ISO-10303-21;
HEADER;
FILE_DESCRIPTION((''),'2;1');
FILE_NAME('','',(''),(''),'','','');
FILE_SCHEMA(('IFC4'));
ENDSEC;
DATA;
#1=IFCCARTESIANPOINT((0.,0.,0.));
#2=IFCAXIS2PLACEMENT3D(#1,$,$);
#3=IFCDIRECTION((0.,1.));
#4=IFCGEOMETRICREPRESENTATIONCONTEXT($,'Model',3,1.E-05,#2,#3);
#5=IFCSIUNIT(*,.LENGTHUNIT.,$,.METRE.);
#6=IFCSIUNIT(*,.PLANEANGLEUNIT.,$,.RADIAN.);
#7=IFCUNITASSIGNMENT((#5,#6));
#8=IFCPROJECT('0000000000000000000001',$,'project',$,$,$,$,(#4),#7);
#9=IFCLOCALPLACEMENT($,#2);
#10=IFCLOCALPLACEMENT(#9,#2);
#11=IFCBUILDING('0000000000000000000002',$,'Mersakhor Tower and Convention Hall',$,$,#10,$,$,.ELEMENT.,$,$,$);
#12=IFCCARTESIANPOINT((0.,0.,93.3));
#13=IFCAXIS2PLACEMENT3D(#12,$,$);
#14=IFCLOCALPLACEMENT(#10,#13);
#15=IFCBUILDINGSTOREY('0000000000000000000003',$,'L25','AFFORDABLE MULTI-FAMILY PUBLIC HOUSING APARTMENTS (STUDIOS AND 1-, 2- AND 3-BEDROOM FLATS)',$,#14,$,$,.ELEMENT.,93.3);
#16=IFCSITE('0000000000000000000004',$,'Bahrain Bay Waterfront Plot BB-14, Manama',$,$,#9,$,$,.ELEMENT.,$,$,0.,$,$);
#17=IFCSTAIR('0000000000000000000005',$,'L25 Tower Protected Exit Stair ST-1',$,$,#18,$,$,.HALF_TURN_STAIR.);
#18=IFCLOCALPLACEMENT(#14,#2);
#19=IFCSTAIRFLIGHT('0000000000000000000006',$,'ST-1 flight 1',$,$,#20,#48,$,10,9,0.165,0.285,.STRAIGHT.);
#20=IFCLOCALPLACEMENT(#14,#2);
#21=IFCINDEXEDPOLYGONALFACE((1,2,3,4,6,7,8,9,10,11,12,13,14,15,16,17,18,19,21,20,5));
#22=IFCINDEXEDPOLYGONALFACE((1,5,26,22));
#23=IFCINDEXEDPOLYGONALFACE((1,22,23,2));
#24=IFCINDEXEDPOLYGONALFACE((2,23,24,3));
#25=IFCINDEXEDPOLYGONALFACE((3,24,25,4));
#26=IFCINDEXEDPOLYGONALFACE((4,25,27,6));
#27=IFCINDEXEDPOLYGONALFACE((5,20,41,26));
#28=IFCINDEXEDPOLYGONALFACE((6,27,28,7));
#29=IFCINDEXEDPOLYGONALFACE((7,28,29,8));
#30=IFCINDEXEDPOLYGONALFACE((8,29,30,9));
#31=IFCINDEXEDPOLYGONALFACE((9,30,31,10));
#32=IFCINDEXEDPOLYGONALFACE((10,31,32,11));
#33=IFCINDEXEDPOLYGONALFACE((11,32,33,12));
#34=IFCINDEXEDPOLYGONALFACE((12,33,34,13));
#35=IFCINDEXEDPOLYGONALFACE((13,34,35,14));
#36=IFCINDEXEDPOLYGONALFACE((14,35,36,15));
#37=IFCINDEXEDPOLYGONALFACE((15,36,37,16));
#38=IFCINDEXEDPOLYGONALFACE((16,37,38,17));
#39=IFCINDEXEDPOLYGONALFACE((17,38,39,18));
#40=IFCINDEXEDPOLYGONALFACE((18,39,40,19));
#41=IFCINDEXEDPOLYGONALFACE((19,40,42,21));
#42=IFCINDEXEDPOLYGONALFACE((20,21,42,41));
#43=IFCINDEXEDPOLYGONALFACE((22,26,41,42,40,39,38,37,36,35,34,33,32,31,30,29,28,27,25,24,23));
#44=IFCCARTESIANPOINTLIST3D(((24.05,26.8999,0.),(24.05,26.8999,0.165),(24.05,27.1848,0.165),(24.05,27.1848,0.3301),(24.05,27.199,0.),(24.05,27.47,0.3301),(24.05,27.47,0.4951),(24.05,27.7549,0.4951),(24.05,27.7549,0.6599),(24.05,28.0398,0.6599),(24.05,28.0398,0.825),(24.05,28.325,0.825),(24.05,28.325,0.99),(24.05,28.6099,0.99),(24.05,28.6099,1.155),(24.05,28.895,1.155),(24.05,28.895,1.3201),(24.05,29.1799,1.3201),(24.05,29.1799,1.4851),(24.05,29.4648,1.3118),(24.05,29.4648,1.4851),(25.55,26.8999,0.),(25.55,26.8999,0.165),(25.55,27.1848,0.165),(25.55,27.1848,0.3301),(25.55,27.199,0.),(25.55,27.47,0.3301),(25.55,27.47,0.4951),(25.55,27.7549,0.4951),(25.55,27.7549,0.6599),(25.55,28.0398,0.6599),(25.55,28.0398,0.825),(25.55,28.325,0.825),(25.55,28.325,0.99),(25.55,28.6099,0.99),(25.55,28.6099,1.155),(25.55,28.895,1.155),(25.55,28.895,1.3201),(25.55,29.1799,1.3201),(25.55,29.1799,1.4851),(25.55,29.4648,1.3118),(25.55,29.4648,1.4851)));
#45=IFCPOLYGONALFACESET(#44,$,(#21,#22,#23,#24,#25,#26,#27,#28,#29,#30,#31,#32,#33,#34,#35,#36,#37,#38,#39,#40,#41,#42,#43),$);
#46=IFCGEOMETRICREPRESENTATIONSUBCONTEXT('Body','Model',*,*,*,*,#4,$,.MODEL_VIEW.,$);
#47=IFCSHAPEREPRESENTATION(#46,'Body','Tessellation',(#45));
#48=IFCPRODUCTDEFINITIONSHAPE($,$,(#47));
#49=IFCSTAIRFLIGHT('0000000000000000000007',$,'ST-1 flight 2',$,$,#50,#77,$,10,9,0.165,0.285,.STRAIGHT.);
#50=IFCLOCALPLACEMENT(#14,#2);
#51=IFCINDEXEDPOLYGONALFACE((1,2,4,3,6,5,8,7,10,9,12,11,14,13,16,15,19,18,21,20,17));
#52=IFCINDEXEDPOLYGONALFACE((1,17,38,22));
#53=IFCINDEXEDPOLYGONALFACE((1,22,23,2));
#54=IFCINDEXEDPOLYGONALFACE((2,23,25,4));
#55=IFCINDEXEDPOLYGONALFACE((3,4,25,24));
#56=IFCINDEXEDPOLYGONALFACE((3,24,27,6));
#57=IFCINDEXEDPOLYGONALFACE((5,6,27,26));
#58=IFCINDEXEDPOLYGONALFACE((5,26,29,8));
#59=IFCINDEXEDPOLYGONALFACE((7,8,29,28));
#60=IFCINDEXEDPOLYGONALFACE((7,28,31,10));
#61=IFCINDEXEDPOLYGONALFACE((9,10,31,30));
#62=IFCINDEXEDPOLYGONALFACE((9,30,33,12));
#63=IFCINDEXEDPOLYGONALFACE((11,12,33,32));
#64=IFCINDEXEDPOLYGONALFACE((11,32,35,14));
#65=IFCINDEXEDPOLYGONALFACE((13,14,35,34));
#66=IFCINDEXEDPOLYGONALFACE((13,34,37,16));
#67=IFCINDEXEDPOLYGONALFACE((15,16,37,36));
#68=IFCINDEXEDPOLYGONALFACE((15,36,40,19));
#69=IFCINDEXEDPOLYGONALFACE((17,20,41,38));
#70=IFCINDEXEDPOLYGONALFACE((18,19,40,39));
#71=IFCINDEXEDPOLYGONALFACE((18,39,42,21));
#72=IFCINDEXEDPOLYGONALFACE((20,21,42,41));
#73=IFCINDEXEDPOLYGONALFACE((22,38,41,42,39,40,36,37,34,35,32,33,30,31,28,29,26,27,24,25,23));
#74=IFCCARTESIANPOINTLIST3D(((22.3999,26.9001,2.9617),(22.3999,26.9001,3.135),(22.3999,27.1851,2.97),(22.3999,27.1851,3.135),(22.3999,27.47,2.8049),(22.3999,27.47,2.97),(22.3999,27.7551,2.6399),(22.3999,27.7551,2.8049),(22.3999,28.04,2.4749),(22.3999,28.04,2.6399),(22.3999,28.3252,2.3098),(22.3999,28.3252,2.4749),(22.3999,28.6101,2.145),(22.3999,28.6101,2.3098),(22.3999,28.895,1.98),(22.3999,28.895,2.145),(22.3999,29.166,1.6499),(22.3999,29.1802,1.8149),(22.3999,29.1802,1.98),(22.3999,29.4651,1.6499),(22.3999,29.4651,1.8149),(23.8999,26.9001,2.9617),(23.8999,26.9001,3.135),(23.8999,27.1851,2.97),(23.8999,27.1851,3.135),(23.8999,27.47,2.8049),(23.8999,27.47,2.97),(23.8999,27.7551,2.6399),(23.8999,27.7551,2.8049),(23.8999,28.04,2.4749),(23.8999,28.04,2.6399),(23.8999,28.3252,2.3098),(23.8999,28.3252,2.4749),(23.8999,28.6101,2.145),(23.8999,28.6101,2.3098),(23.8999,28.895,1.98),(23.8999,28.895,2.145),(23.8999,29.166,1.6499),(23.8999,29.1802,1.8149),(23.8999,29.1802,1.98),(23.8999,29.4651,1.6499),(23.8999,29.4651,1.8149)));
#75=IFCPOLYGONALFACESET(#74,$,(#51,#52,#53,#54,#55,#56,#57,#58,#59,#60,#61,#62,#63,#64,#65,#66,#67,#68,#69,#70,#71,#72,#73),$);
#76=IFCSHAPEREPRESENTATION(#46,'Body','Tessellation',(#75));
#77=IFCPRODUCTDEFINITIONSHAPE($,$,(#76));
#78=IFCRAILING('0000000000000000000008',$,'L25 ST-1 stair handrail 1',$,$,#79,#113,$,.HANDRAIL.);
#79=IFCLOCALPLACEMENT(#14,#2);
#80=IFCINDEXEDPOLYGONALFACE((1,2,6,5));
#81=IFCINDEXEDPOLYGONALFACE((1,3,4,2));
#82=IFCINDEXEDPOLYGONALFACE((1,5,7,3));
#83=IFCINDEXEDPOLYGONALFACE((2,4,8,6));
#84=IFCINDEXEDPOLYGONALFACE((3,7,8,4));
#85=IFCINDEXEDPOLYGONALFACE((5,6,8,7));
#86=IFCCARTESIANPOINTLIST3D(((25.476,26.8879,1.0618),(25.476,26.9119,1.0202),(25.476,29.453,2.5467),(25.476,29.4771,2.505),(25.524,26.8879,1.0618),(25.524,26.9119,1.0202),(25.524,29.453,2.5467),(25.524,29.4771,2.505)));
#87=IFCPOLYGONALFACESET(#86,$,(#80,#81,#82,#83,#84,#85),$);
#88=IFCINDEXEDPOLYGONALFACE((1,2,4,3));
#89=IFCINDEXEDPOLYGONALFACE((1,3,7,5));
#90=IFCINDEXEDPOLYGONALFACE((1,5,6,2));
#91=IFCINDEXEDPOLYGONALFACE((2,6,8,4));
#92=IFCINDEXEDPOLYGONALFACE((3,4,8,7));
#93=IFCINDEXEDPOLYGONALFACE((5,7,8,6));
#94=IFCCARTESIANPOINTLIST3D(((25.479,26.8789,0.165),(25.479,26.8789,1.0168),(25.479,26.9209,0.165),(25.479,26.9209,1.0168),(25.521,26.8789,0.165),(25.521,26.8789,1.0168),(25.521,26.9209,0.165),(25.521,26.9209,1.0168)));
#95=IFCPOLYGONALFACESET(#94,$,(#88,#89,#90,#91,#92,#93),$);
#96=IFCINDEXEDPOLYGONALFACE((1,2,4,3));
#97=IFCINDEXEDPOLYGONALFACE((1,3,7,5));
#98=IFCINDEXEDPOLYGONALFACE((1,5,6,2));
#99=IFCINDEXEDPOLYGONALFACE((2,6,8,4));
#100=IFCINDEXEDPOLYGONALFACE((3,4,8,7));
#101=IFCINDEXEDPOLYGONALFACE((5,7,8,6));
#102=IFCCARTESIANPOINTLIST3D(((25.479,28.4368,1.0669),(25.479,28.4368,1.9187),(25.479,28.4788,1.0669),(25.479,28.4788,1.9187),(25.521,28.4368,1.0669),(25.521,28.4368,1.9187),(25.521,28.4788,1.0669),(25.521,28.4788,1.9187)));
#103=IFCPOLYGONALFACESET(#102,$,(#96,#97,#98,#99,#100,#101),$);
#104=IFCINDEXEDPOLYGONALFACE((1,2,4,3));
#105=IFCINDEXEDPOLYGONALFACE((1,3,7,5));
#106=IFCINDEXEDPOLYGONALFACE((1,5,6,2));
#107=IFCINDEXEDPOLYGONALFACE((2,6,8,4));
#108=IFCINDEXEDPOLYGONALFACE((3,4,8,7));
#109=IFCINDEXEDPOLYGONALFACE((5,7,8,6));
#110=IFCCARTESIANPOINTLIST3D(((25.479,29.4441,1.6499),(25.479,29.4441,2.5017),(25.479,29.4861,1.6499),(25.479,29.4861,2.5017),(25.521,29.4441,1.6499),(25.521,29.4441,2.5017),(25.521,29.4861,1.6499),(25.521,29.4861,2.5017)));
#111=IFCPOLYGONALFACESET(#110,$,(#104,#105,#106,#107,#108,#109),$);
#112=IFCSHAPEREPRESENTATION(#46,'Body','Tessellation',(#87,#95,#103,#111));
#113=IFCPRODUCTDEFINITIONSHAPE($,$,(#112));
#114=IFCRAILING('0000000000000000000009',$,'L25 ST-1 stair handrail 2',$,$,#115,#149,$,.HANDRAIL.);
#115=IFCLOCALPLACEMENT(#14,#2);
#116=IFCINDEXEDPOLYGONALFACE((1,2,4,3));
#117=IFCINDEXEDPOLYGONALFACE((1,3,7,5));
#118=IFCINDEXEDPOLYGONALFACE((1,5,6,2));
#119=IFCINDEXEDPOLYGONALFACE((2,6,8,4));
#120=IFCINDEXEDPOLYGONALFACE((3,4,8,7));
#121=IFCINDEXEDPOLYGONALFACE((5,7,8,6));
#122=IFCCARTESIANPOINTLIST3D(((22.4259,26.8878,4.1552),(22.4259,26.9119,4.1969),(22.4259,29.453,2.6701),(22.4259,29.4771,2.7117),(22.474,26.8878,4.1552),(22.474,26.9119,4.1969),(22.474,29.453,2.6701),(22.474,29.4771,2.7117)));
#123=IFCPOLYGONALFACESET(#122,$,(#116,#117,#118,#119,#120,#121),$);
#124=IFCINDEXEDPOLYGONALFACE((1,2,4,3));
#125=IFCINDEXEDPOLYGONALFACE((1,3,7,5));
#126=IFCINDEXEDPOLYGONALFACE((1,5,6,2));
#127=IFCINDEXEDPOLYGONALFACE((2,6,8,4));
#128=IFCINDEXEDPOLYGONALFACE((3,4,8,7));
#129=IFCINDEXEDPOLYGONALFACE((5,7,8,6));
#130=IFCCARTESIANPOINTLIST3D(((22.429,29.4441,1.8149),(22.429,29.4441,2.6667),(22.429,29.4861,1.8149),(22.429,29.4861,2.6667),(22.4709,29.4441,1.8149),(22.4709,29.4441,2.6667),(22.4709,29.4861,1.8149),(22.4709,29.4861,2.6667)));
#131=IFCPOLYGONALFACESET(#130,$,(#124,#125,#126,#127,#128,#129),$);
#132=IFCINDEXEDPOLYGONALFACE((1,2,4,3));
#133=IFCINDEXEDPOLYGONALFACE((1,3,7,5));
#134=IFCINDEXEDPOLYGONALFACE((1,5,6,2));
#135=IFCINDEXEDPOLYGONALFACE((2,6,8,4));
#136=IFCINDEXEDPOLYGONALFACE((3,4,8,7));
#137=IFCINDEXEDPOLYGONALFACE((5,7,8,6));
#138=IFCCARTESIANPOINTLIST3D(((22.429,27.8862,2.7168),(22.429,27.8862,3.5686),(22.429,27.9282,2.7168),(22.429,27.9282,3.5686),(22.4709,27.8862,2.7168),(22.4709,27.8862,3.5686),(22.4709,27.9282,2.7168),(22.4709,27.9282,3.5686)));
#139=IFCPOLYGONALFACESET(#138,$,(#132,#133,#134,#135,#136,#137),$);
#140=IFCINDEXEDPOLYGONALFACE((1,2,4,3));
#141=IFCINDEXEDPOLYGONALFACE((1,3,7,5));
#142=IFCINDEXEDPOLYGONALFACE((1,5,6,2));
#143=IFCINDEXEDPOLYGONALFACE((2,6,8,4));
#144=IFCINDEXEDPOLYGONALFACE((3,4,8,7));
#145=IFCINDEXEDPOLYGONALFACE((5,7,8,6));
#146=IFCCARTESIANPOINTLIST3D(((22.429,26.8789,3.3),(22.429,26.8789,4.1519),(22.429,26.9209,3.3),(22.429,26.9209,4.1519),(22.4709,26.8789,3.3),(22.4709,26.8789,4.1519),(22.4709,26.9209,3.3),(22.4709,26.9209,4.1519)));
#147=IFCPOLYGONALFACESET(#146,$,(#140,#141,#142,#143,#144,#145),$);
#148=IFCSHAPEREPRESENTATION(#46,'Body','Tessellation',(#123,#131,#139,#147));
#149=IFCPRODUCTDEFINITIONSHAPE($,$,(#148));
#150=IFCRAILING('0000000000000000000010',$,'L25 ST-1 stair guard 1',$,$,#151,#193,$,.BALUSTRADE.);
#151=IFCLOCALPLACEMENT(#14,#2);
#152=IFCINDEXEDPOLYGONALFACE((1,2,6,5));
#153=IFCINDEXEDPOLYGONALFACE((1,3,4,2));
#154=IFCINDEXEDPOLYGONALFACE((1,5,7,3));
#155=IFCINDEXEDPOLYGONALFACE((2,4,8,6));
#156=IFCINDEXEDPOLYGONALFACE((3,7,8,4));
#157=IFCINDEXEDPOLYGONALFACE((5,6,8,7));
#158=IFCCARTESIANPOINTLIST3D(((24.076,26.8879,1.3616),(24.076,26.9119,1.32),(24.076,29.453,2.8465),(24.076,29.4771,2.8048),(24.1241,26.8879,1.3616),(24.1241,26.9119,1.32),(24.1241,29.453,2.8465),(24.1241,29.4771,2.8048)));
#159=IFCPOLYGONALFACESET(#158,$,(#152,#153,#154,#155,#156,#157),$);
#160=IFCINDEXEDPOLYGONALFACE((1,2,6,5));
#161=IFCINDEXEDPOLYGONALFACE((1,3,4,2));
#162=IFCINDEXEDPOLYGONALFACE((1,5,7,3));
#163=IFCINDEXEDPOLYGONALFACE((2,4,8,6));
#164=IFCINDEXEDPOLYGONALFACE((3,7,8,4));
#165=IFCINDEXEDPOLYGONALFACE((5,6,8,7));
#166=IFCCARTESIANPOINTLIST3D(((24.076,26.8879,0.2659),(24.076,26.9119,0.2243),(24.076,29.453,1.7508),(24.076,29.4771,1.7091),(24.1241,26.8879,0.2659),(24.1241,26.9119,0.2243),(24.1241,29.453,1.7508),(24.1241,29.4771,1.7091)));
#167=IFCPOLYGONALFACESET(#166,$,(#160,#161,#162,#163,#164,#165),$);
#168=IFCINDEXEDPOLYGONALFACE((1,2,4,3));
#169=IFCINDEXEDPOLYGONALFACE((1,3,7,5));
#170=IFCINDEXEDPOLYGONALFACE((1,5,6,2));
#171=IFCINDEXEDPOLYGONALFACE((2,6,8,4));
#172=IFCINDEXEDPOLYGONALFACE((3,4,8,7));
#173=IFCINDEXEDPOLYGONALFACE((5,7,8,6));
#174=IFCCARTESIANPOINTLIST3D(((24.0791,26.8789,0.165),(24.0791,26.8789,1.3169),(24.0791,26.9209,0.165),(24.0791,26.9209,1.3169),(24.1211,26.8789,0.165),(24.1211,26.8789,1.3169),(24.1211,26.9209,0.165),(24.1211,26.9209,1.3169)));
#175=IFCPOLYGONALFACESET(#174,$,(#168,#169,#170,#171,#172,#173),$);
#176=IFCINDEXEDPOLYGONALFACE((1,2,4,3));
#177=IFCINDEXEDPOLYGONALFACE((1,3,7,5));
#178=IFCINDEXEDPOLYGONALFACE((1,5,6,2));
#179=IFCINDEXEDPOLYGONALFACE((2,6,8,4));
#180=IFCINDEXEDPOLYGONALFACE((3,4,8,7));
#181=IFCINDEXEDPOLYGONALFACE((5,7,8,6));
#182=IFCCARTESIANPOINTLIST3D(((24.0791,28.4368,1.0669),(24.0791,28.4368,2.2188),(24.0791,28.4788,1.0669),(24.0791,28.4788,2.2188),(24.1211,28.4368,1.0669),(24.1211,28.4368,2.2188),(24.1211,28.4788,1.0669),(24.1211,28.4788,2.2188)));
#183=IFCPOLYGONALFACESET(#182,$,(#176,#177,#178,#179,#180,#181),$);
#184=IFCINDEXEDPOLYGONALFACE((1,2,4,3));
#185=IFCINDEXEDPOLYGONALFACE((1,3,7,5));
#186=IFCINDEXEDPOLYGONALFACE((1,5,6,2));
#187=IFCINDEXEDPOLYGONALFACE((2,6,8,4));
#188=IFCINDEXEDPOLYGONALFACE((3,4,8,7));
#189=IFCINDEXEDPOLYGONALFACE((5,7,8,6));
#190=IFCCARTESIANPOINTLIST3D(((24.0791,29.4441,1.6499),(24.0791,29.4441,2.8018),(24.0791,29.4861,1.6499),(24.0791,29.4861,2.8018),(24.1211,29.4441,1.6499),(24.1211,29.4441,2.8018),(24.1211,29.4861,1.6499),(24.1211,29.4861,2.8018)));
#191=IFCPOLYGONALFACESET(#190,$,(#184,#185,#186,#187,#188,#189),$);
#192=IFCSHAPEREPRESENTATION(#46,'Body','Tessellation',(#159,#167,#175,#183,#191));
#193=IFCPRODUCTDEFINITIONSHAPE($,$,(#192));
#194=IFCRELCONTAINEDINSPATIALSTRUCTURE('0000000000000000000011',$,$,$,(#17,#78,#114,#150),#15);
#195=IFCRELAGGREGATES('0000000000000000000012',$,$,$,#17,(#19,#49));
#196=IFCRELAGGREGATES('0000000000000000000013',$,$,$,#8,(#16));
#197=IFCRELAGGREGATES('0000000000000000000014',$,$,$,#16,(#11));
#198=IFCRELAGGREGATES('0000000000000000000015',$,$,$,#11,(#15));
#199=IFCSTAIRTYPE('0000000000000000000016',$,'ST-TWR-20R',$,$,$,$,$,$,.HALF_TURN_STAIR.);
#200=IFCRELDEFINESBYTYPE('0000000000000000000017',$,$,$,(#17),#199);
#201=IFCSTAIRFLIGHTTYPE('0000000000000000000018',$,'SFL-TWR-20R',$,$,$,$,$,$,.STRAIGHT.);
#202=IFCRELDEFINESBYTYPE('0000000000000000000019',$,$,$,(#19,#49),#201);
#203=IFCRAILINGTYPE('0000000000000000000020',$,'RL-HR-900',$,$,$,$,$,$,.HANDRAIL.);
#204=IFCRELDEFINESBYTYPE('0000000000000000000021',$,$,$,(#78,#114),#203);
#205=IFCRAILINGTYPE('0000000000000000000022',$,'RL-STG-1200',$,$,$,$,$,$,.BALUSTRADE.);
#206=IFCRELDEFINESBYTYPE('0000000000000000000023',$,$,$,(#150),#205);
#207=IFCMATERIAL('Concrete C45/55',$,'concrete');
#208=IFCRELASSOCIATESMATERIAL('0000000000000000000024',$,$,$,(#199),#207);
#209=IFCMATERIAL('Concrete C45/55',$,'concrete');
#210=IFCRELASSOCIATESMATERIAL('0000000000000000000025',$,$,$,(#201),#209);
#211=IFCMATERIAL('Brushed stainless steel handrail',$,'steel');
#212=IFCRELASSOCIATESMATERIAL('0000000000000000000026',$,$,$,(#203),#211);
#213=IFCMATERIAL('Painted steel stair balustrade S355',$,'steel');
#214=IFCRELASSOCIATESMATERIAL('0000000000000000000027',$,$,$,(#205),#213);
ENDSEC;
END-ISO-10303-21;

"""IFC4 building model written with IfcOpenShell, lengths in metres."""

from ifc_helpers import new_model, si_unit, direction, frame, origin, origin_2d, place, context, subcontext, project, spatial, polyline, rectangle, outline, extrude, material, type_object, element, aggregate, save


model = new_model("IFC4")

# Units and contexts
model_context = context("Model", 3, precision=1e-05, world=origin(), true_north=direction((0.0, 1.0)))
body_context = subcontext(model_context, "Body", "Model", "MODEL_VIEW")
ifc_project = project(units=[si_unit("LENGTHUNIT", "METRE"), si_unit("PLANEANGLEUNIT", "RADIAN")], contexts=[model_context])

# Site, building, storey
site_placement = place(None, origin())
site = spatial("IfcSite", under=ifc_project, at=site_placement, Name="Bahrain Bay Waterfront Plot BB-14, Manama", CompositionType="ELEMENT", RefElevation=0.0)
building_placement = place(site_placement, origin())
building = spatial("IfcBuilding", under=site, at=building_placement, Name="Mersakhor Tower and Convention Hall", CompositionType="ELEMENT")
storey_placement = place(building_placement, frame((0.0, 0.0, 93.3)))
storey = spatial("IfcBuildingStorey", under=building, at=storey_placement, Name="L25", Description="AFFORDABLE MULTI-FAMILY PUBLIC HOUSING APARTMENTS (STUDIOS AND 1-, 2- AND 3-BEDROOM FLATS)", CompositionType="ELEMENT", Elevation=93.3)

# Stair, stair flights
ifc_material_1 = material(Name="Concrete C45/55", Category="concrete")
stair_type = type_object("IfcStairType", Name="ST-TWR-20R", PredefinedType="HALF_TURN_STAIR", material=ifc_material_1)
stair_placement = place(storey_placement, origin())
stair = element("IfcStair", 1, at=stair_placement, inside=storey, type_object=stair_type, Name="L25 Tower Protected Exit Stair ST-1", PredefinedType="HALF_TURN_STAIR")
ifc_material_2 = material(Name="Concrete C45/55", Category="concrete")
stair_flight_type = type_object("IfcStairFlightType", Name="SFL-TWR-20R", PredefinedType="STRAIGHT", material=ifc_material_2)
stair_flight_1_placement = place(storey_placement, frame((24.8, 26.8999, 0.0), z_axis=(0.0, 0.0, 1.0), x_axis=(0.0, 1.0, 0.0)))
stair_flight_1 = element("IfcStairFlight", 2, at=stair_flight_1_placement, type_object=stair_flight_type, Name="ST-1 flight 1", NumberOfRisers=10, NumberOfTreads=9, PredefinedType="STRAIGHT", RiserHeight=0.165, TreadLength=0.285, context=body_context, shape_type="SweptSolid", body=[
    extrude(outline(polyline([(0.0, 0.0), (0.0, 0.165), (0.2849, 0.165), (0.2849, 0.3301), (0.5701, 0.3301), (0.5701, 0.4951), (0.855, 0.4951), (0.855, 0.6599), (1.1399, 0.6599), (1.1399, 0.825), (1.425, 0.825), (1.425, 0.99), (1.71, 0.99), (1.71, 1.155), (1.9951, 1.155), (1.9951, 1.3201), (2.28, 1.3201), (2.28, 1.4851), (2.5649, 1.4851), (2.5649, 1.6499), (2.5649, 1.3118), (0.2991, 0.0), (0.0, 0.0)])), frame((0.0, 0.75, 0.0), z_axis=(0.0, -1.0, 0.0), x_axis=(1.0, 0.0, 0.0)), (0.0, 0.0, 1.0), 1.5),
])
stair_flight_2_placement = place(storey_placement, frame((23.1499, 29.4651, 1.6499), z_axis=(0.0, 0.0, 1.0), x_axis=(0.0, -1.0, 0.0)))
stair_flight_2 = element("IfcStairFlight", 3, at=stair_flight_2_placement, type_object=stair_flight_type, Name="ST-1 flight 2", NumberOfRisers=10, NumberOfTreads=9, PredefinedType="STRAIGHT", RiserHeight=0.165, TreadLength=0.285, context=body_context, shape_type="SweptSolid", body=[
    extrude(outline(polyline([(0.0, 0.0), (0.0, 0.165), (0.2849, 0.165), (0.2849, 0.3301), (0.5701, 0.3301), (0.5701, 0.4951), (0.855, 0.4951), (0.855, 0.6599), (1.1399, 0.6599), (1.1399, 0.825), (1.425, 0.825), (1.425, 0.99), (1.71, 0.99), (1.71, 1.155), (1.9951, 1.155), (1.9951, 1.3201), (2.28, 1.3201), (2.28, 1.4851), (2.5649, 1.4851), (2.5649, 1.6499), (2.5649, 1.3118), (0.2991, 0.0), (0.0, 0.0)])), frame((0.0, 0.75, 0.0), z_axis=(0.0, -1.0, 0.0), x_axis=(1.0, 0.0, 0.0)), (0.0, 0.0, 1.0), 1.5),
])
aggregate(stair, [stair_flight_1, stair_flight_2])

# Railings
ifc_material_3 = material(Name="Brushed stainless steel handrail", Category="steel")
railing_type_1 = type_object("IfcRailingType", Name="RL-HR-900", PredefinedType="HANDRAIL", material=ifc_material_3)
railing_1_placement = place(storey_placement, frame((25.5, 26.8999, 0.165)))
element("IfcRailing", 4, at=railing_1_placement, inside=storey, type_object=railing_type_1, Name="L25 ST-1 stair handrail 1", PredefinedType="HANDRAIL", context=body_context, shape_type="SweptSolid", body=[
    extrude(rectangle(XDim=0.0481, YDim=0.0481, at=origin_2d()), frame((0.0, 0.0, 0.876), z_axis=(0.0, 0.865462, 0.500975), x_axis=(-1.0, 0.0, 0.0)), (0.0, 0.0, 1.0), 2.9639),
    extrude(rectangle(XDim=0.042, YDim=0.042, at=origin_2d()), origin(), (0.0, 0.0, 1.0), 0.8518),
    extrude(rectangle(XDim=0.042, YDim=0.042, at=origin_2d()), frame((0.0, 1.5579, 0.9019)), (0.0, 0.0, 1.0), 0.8518),
    extrude(rectangle(XDim=0.042, YDim=0.042, at=origin_2d()), frame((0.0, 2.5652, 1.4849)), (0.0, 0.0, 1.0), 0.8518),
])
railing_2_placement = place(storey_placement, frame((22.45, 29.4651, 1.8149)))
element("IfcRailing", 5, at=railing_2_placement, inside=storey, type_object=railing_type_1, Name="L25 ST-1 stair handrail 2", PredefinedType="HANDRAIL", context=body_context, shape_type="SweptSolid", body=[
    extrude(rectangle(XDim=0.0481, YDim=0.0481, at=origin_2d()), frame((0.0, 0.0, 0.876), z_axis=(0.0, -0.865426, 0.501036), x_axis=(1.0, 0.0, 0.0)), (0.0, 0.0, 1.0), 2.9641),
    extrude(rectangle(XDim=0.042, YDim=0.042, at=origin_2d()), origin(), (0.0, 0.0, 1.0), 0.8518),
    extrude(rectangle(XDim=0.042, YDim=0.042, at=origin_2d()), frame((0.0, -1.5579, 0.9019)), (0.0, 0.0, 1.0), 0.8518),
    extrude(rectangle(XDim=0.042, YDim=0.042, at=origin_2d()), frame((0.0, -2.5652, 1.4851)), (0.0, 0.0, 1.0), 0.8518),
])
ifc_material_4 = material(Name="Painted steel stair balustrade S355", Category="steel")
railing_type_2 = type_object("IfcRailingType", Name="RL-STG-1200", PredefinedType="BALUSTRADE", material=ifc_material_4)
railing_3_placement = place(storey_placement, frame((24.1001, 26.8999, 0.165)))
element("IfcRailing", 6, at=railing_3_placement, inside=storey, type_object=railing_type_2, Name="L25 ST-1 stair guard 1", PredefinedType="BALUSTRADE", context=body_context, shape_type="SweptSolid", body=[
    extrude(rectangle(XDim=0.0481, YDim=0.0481, at=origin_2d()), frame((0.0, 0.0, 1.1758), z_axis=(0.0, 0.865462, 0.500975), x_axis=(-1.0, 0.0, 0.0)), (0.0, 0.0, 1.0), 2.9639),
    extrude(rectangle(XDim=0.0481, YDim=0.0481, at=origin_2d()), frame((0.0, 0.0, 0.0801), z_axis=(0.0, 0.865462, 0.500975), x_axis=(-1.0, 0.0, 0.0)), (0.0, 0.0, 1.0), 2.9639),
    extrude(rectangle(XDim=0.042, YDim=0.042, at=origin_2d()), origin(), (0.0, 0.0, 1.0), 1.1519),
    extrude(rectangle(XDim=0.042, YDim=0.042, at=origin_2d()), frame((0.0, 1.5579, 0.9019)), (0.0, 0.0, 1.0), 1.1519),
    extrude(rectangle(XDim=0.042, YDim=0.042, at=origin_2d()), frame((0.0, 2.5652, 1.4849)), (0.0, 0.0, 1.0), 1.1519),
])

save(model, "model.ifc")
